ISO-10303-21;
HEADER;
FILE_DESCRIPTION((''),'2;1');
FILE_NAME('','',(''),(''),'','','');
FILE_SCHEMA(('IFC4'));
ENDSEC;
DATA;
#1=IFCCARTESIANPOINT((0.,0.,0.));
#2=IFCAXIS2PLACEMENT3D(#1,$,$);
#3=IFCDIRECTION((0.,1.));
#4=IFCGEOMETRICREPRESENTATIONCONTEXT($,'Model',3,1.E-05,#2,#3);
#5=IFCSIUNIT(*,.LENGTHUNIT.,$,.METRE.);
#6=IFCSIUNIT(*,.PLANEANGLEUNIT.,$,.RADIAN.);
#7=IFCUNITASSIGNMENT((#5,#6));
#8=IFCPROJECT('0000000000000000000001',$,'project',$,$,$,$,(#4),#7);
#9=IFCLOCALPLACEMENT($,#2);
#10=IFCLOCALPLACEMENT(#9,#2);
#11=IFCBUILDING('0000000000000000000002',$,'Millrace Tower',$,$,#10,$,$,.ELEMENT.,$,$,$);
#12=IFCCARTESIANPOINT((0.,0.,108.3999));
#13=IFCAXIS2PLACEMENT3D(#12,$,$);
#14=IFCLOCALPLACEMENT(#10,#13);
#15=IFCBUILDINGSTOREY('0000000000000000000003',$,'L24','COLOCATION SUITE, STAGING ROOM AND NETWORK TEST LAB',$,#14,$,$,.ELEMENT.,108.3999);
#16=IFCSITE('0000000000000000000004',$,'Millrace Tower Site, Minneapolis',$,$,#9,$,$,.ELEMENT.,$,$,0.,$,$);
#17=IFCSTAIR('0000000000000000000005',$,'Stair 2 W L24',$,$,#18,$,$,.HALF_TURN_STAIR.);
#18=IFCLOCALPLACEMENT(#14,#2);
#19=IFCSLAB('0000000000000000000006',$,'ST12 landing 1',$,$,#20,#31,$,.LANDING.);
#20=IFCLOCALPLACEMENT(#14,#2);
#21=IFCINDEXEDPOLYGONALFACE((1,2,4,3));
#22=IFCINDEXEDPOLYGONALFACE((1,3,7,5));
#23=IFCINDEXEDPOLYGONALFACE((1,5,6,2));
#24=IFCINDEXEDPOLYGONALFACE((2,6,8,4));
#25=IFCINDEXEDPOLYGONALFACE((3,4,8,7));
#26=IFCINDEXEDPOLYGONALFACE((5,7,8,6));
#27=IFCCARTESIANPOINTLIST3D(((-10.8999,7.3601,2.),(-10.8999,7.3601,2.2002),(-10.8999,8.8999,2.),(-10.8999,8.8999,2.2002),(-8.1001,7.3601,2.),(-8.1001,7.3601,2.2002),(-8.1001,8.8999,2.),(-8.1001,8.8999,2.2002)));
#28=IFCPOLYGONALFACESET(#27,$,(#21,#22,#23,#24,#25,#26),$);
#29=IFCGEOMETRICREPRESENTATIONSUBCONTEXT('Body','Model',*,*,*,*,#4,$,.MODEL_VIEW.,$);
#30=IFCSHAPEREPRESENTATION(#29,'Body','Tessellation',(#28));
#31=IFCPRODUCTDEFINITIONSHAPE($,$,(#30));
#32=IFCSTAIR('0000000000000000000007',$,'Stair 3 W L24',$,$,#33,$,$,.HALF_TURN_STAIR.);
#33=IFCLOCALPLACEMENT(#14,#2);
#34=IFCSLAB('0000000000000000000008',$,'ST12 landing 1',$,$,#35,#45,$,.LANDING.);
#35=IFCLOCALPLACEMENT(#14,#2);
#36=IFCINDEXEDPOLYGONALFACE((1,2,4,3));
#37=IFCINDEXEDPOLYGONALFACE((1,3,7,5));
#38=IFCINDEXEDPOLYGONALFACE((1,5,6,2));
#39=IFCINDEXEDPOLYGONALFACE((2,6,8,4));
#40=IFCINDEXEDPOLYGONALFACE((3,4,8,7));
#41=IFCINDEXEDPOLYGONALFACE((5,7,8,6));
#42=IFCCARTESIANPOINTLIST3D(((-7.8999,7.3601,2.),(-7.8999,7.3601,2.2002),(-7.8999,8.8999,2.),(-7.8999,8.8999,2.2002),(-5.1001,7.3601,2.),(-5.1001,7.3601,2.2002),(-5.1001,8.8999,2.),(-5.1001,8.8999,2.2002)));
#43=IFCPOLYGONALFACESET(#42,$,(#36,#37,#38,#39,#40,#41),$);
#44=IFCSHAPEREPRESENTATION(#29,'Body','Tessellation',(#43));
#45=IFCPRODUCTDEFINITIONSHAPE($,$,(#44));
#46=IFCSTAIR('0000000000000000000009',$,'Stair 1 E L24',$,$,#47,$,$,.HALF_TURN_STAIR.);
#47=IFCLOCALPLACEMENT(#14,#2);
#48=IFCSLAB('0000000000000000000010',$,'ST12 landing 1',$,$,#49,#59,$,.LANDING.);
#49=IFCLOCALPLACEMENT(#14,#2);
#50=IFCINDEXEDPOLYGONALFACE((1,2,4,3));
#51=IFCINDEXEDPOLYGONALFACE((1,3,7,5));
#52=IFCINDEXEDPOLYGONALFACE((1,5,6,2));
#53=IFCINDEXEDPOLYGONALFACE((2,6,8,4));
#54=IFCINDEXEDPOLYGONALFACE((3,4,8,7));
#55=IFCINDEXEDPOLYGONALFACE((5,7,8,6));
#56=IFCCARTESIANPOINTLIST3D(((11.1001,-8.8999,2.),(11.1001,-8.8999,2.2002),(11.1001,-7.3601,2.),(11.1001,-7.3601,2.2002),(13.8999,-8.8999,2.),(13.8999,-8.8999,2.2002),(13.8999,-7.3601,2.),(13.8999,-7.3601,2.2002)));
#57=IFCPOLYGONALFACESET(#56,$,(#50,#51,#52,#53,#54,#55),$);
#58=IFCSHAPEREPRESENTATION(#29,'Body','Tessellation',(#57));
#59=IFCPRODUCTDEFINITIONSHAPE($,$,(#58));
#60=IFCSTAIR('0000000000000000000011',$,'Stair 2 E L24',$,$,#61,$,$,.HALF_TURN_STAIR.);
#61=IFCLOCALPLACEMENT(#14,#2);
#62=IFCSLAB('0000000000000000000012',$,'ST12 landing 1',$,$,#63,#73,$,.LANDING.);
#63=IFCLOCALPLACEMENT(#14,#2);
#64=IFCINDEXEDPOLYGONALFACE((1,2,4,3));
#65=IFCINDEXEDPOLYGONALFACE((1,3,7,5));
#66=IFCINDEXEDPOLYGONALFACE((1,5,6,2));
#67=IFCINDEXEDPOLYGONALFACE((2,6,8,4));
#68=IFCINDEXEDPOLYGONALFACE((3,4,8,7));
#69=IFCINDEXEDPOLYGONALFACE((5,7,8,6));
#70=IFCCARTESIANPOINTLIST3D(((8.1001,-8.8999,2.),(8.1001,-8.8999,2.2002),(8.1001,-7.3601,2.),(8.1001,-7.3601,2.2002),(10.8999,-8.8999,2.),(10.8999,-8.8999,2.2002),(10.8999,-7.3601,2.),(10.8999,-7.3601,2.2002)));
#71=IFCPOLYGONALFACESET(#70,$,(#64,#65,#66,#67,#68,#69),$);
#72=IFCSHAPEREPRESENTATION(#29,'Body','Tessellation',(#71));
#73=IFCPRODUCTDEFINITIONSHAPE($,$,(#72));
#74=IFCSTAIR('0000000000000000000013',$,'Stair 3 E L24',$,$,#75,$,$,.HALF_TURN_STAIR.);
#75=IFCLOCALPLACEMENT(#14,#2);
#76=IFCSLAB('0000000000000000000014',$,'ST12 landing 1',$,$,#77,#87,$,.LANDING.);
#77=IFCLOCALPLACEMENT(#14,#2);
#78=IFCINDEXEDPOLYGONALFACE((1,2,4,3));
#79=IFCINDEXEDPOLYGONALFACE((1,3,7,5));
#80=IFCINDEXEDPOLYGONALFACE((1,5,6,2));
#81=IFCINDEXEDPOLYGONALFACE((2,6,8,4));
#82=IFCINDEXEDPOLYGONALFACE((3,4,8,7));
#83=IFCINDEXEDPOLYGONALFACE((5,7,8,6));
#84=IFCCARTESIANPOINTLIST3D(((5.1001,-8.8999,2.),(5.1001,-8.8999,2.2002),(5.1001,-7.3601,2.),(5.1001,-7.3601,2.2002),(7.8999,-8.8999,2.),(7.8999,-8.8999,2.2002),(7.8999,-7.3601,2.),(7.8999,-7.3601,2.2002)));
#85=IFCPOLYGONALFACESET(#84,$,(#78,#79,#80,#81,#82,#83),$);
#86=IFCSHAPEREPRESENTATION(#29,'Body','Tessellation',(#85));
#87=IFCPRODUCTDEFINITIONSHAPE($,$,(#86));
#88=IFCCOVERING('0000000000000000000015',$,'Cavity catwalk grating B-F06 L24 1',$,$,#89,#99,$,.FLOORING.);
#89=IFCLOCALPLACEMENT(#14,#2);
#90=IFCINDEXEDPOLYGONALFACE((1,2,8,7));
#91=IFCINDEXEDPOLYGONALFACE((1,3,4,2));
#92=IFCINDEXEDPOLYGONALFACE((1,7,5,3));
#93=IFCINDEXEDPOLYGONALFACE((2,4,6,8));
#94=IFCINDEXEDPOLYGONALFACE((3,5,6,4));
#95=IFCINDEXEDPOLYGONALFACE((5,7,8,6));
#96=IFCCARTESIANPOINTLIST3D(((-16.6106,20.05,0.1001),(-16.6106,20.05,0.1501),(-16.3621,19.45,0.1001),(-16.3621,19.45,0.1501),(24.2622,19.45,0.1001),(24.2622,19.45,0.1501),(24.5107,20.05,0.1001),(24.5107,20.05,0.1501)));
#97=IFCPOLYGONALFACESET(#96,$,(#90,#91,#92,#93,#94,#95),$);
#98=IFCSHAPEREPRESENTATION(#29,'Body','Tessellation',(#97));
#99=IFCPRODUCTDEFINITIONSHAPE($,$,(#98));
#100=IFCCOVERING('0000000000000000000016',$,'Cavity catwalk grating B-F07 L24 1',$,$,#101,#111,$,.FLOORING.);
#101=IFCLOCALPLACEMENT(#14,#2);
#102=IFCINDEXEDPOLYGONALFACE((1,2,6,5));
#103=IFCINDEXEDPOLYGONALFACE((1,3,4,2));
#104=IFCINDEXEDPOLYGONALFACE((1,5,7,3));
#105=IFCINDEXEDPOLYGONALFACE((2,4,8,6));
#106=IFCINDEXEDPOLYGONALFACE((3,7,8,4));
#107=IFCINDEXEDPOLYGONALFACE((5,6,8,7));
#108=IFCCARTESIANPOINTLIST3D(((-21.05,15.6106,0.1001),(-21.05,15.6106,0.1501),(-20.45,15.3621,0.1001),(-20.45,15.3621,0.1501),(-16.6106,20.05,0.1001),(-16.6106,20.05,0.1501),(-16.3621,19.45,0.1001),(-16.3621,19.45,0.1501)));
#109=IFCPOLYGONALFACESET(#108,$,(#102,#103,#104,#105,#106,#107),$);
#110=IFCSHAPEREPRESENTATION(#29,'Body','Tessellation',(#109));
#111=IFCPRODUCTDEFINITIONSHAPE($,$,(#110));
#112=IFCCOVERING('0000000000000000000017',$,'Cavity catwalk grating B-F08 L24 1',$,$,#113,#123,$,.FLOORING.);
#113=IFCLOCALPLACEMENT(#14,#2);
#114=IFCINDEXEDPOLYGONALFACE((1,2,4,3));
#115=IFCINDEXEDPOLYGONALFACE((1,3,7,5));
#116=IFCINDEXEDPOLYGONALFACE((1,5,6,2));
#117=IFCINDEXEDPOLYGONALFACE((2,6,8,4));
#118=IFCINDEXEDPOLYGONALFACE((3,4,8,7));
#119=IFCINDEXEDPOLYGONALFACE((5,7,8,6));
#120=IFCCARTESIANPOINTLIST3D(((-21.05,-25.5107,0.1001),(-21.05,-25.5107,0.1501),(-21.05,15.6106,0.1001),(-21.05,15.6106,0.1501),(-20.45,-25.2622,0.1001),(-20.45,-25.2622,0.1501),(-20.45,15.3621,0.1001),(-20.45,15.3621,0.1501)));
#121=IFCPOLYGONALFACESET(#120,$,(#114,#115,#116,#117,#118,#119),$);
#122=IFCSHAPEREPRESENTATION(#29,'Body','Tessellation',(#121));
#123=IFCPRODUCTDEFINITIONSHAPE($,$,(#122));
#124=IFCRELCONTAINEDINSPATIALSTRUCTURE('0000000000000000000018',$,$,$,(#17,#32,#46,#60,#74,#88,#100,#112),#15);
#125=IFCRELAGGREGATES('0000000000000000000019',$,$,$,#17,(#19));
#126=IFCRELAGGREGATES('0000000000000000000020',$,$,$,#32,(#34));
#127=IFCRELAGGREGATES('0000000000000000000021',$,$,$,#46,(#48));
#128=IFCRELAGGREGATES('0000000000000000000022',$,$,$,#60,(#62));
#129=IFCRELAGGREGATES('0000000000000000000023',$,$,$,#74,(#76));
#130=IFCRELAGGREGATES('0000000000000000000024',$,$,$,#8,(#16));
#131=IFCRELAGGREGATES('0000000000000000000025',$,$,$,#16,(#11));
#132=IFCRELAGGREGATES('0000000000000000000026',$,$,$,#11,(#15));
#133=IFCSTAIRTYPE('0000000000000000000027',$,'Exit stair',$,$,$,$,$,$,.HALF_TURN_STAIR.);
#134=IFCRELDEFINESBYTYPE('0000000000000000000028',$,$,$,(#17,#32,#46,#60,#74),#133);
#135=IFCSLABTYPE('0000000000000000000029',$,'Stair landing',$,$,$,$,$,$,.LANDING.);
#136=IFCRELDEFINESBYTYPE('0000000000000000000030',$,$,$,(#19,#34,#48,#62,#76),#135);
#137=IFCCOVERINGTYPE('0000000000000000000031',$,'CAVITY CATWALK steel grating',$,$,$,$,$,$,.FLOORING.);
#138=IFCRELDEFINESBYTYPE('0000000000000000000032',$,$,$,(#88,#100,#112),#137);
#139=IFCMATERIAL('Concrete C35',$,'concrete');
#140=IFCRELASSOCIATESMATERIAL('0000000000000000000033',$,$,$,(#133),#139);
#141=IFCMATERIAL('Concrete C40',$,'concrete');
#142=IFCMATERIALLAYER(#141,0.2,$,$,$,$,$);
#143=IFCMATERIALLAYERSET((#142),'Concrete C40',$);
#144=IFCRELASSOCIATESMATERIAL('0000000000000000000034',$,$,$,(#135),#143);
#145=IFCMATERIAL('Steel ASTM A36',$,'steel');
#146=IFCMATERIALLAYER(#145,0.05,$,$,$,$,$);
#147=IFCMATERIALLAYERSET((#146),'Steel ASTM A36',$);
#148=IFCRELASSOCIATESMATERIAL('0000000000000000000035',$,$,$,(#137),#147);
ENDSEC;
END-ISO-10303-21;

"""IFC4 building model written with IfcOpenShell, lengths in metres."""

from ifc_helpers import new_model, si_unit, direction, frame, origin, place, context, subcontext, project, spatial, polyline, outline, extrude, material, layer, layer_set, type_object, element, aggregate, save


model = new_model("IFC4")

# Units and contexts
model_context = context("Model", 3, precision=1e-05, world=origin(), true_north=direction((0.0, 1.0)))
body_context = subcontext(model_context, "Body", "Model", "MODEL_VIEW")
ifc_project = project(units=[si_unit("LENGTHUNIT", "METRE"), si_unit("PLANEANGLEUNIT", "RADIAN")], contexts=[model_context])

# Site, building, storey
site_placement = place(None, origin())
site = spatial("IfcSite", under=ifc_project, at=site_placement, Name="Millrace Tower Site, Minneapolis", CompositionType="ELEMENT", RefElevation=0.0)
building_placement = place(site_placement, origin())
building = spatial("IfcBuilding", under=site, at=building_placement, Name="Millrace Tower", CompositionType="ELEMENT")
storey_placement = place(building_placement, frame((0.0, 0.0, 108.3999)))
storey = spatial("IfcBuildingStorey", under=building, at=storey_placement, Name="L24", Description="COLOCATION SUITE, STAGING ROOM AND NETWORK TEST LAB", CompositionType="ELEMENT", Elevation=108.3999)

# Shared definitions
placement_1 = place(storey_placement, origin())

# Stairs, slabs
ifc_material_1 = material(Name="Concrete C35", Category="concrete")
stair_type = type_object("IfcStairType", Name="Exit stair", PredefinedType="HALF_TURN_STAIR", material=ifc_material_1)
ifc_material_2 = material(Name="Concrete C40", Category="concrete")
ifc_layer_1 = layer(ifc_material_2, 0.2)
ifc_layer_set_1 = layer_set([ifc_layer_1], Name="Concrete C40")
slab_type = type_object("IfcSlabType", Name="Stair landing", PredefinedType="LANDING", material=ifc_layer_set_1)
placement_2 = place(storey_placement, frame((0.0, 0.0, 2.0)))
stair_1 = element("IfcStair", 1, at=placement_1, inside=storey, type_object=stair_type, Name="Stair 2 W L24", PredefinedType="HALF_TURN_STAIR")
slab_1 = element("IfcSlab", 2, at=placement_2, type_object=slab_type, Name="ST12 landing 1", PredefinedType="LANDING", context=body_context, shape_type="SweptSolid", body=[
    extrude(outline(polyline([(-10.8999, 7.3601), (-8.1001, 7.3601), (-8.1001, 8.8999), (-10.8999, 8.8999), (-10.8999, 7.3601)])), origin(), (0.0, 0.0, 1.0), 0.2002),
])
aggregate(stair_1, [slab_1])
stair_2 = element("IfcStair", 3, at=placement_1, inside=storey, type_object=stair_type, Name="Stair 3 W L24", PredefinedType="HALF_TURN_STAIR")
slab_2 = element("IfcSlab", 4, at=placement_2, type_object=slab_type, Name="ST12 landing 1", PredefinedType="LANDING", context=body_context, shape_type="SweptSolid", body=[
    extrude(outline(polyline([(-7.8999, 7.3601), (-5.1001, 7.3601), (-5.1001, 8.8999), (-7.8999, 8.8999), (-7.8999, 7.3601)])), origin(), (0.0, 0.0, 1.0), 0.2002),
])
aggregate(stair_2, [slab_2])
stair_3 = element("IfcStair", 5, at=placement_1, inside=storey, type_object=stair_type, Name="Stair 1 E L24", PredefinedType="HALF_TURN_STAIR")
slab_3 = element("IfcSlab", 6, at=placement_2, type_object=slab_type, Name="ST12 landing 1", PredefinedType="LANDING", context=body_context, shape_type="SweptSolid", body=[
    extrude(outline(polyline([(11.1001, -8.8999), (13.8999, -8.8999), (13.8999, -7.3601), (11.1001, -7.3601), (11.1001, -8.8999)])), origin(), (0.0, 0.0, 1.0), 0.2002),
])
aggregate(stair_3, [slab_3])
stair_4 = element("IfcStair", 7, at=placement_1, inside=storey, type_object=stair_type, Name="Stair 2 E L24", PredefinedType="HALF_TURN_STAIR")
slab_4 = element("IfcSlab", 8, at=placement_2, type_object=slab_type, Name="ST12 landing 1", PredefinedType="LANDING", context=body_context, shape_type="SweptSolid", body=[
    extrude(outline(polyline([(8.1001, -8.8999), (10.8999, -8.8999), (10.8999, -7.3601), (8.1001, -7.3601), (8.1001, -8.8999)])), origin(), (0.0, 0.0, 1.0), 0.2002),
])
aggregate(stair_4, [slab_4])
stair_5 = element("IfcStair", 9, at=placement_1, inside=storey, type_object=stair_type, Name="Stair 3 E L24", PredefinedType="HALF_TURN_STAIR")
slab_5 = element("IfcSlab", 10, at=placement_2, type_object=slab_type, Name="ST12 landing 1", PredefinedType="LANDING", context=body_context, shape_type="SweptSolid", body=[
    extrude(outline(polyline([(5.1001, -8.8999), (7.8999, -8.8999), (7.8999, -7.3601), (5.1001, -7.3601), (5.1001, -8.8999)])), origin(), (0.0, 0.0, 1.0), 0.2002),
])
aggregate(stair_5, [slab_5])

# Coverings
ifc_material_3 = material(Name="Steel ASTM A36", Category="steel")
ifc_layer_2 = layer(ifc_material_3, 0.05)
ifc_layer_set_2 = layer_set([ifc_layer_2], Name="Steel ASTM A36")
covering_type = type_object("IfcCoveringType", Name="CAVITY CATWALK steel grating", PredefinedType="FLOORING", material=ifc_layer_set_2)
placement_3 = place(storey_placement, frame((0.0, 0.0, 0.1001)))
element("IfcCovering", 11, at=placement_3, inside=storey, type_object=covering_type, Name="Cavity catwalk grating B-F06 L24 1", PredefinedType="FLOORING", context=body_context, shape_type="SweptSolid", body=[
    extrude(outline(polyline([(24.5107, 20.05), (-16.6106, 20.05), (-16.3621, 19.45), (24.2622, 19.45), (24.5107, 20.05)])), origin(), (0.0, 0.0, 1.0), 0.05),
])
element("IfcCovering", 12, at=placement_3, inside=storey, type_object=covering_type, Name="Cavity catwalk grating B-F07 L24 1", PredefinedType="FLOORING", context=body_context, shape_type="SweptSolid", body=[
    extrude(outline(polyline([(-16.6106, 20.05), (-21.05, 15.6106), (-20.45, 15.3621), (-16.3621, 19.45), (-16.6106, 20.05)])), origin(), (0.0, 0.0, 1.0), 0.05),
])
element("IfcCovering", 13, at=placement_3, inside=storey, type_object=covering_type, Name="Cavity catwalk grating B-F08 L24 1", PredefinedType="FLOORING", context=body_context, shape_type="SweptSolid", body=[
    extrude(outline(polyline([(-21.05, 15.6106), (-21.05, -25.5107), (-20.45, -25.2622), (-20.45, 15.3621), (-21.05, 15.6106)])), origin(), (0.0, 0.0, 1.0), 0.05),
])

save(model, "model.ifc")
